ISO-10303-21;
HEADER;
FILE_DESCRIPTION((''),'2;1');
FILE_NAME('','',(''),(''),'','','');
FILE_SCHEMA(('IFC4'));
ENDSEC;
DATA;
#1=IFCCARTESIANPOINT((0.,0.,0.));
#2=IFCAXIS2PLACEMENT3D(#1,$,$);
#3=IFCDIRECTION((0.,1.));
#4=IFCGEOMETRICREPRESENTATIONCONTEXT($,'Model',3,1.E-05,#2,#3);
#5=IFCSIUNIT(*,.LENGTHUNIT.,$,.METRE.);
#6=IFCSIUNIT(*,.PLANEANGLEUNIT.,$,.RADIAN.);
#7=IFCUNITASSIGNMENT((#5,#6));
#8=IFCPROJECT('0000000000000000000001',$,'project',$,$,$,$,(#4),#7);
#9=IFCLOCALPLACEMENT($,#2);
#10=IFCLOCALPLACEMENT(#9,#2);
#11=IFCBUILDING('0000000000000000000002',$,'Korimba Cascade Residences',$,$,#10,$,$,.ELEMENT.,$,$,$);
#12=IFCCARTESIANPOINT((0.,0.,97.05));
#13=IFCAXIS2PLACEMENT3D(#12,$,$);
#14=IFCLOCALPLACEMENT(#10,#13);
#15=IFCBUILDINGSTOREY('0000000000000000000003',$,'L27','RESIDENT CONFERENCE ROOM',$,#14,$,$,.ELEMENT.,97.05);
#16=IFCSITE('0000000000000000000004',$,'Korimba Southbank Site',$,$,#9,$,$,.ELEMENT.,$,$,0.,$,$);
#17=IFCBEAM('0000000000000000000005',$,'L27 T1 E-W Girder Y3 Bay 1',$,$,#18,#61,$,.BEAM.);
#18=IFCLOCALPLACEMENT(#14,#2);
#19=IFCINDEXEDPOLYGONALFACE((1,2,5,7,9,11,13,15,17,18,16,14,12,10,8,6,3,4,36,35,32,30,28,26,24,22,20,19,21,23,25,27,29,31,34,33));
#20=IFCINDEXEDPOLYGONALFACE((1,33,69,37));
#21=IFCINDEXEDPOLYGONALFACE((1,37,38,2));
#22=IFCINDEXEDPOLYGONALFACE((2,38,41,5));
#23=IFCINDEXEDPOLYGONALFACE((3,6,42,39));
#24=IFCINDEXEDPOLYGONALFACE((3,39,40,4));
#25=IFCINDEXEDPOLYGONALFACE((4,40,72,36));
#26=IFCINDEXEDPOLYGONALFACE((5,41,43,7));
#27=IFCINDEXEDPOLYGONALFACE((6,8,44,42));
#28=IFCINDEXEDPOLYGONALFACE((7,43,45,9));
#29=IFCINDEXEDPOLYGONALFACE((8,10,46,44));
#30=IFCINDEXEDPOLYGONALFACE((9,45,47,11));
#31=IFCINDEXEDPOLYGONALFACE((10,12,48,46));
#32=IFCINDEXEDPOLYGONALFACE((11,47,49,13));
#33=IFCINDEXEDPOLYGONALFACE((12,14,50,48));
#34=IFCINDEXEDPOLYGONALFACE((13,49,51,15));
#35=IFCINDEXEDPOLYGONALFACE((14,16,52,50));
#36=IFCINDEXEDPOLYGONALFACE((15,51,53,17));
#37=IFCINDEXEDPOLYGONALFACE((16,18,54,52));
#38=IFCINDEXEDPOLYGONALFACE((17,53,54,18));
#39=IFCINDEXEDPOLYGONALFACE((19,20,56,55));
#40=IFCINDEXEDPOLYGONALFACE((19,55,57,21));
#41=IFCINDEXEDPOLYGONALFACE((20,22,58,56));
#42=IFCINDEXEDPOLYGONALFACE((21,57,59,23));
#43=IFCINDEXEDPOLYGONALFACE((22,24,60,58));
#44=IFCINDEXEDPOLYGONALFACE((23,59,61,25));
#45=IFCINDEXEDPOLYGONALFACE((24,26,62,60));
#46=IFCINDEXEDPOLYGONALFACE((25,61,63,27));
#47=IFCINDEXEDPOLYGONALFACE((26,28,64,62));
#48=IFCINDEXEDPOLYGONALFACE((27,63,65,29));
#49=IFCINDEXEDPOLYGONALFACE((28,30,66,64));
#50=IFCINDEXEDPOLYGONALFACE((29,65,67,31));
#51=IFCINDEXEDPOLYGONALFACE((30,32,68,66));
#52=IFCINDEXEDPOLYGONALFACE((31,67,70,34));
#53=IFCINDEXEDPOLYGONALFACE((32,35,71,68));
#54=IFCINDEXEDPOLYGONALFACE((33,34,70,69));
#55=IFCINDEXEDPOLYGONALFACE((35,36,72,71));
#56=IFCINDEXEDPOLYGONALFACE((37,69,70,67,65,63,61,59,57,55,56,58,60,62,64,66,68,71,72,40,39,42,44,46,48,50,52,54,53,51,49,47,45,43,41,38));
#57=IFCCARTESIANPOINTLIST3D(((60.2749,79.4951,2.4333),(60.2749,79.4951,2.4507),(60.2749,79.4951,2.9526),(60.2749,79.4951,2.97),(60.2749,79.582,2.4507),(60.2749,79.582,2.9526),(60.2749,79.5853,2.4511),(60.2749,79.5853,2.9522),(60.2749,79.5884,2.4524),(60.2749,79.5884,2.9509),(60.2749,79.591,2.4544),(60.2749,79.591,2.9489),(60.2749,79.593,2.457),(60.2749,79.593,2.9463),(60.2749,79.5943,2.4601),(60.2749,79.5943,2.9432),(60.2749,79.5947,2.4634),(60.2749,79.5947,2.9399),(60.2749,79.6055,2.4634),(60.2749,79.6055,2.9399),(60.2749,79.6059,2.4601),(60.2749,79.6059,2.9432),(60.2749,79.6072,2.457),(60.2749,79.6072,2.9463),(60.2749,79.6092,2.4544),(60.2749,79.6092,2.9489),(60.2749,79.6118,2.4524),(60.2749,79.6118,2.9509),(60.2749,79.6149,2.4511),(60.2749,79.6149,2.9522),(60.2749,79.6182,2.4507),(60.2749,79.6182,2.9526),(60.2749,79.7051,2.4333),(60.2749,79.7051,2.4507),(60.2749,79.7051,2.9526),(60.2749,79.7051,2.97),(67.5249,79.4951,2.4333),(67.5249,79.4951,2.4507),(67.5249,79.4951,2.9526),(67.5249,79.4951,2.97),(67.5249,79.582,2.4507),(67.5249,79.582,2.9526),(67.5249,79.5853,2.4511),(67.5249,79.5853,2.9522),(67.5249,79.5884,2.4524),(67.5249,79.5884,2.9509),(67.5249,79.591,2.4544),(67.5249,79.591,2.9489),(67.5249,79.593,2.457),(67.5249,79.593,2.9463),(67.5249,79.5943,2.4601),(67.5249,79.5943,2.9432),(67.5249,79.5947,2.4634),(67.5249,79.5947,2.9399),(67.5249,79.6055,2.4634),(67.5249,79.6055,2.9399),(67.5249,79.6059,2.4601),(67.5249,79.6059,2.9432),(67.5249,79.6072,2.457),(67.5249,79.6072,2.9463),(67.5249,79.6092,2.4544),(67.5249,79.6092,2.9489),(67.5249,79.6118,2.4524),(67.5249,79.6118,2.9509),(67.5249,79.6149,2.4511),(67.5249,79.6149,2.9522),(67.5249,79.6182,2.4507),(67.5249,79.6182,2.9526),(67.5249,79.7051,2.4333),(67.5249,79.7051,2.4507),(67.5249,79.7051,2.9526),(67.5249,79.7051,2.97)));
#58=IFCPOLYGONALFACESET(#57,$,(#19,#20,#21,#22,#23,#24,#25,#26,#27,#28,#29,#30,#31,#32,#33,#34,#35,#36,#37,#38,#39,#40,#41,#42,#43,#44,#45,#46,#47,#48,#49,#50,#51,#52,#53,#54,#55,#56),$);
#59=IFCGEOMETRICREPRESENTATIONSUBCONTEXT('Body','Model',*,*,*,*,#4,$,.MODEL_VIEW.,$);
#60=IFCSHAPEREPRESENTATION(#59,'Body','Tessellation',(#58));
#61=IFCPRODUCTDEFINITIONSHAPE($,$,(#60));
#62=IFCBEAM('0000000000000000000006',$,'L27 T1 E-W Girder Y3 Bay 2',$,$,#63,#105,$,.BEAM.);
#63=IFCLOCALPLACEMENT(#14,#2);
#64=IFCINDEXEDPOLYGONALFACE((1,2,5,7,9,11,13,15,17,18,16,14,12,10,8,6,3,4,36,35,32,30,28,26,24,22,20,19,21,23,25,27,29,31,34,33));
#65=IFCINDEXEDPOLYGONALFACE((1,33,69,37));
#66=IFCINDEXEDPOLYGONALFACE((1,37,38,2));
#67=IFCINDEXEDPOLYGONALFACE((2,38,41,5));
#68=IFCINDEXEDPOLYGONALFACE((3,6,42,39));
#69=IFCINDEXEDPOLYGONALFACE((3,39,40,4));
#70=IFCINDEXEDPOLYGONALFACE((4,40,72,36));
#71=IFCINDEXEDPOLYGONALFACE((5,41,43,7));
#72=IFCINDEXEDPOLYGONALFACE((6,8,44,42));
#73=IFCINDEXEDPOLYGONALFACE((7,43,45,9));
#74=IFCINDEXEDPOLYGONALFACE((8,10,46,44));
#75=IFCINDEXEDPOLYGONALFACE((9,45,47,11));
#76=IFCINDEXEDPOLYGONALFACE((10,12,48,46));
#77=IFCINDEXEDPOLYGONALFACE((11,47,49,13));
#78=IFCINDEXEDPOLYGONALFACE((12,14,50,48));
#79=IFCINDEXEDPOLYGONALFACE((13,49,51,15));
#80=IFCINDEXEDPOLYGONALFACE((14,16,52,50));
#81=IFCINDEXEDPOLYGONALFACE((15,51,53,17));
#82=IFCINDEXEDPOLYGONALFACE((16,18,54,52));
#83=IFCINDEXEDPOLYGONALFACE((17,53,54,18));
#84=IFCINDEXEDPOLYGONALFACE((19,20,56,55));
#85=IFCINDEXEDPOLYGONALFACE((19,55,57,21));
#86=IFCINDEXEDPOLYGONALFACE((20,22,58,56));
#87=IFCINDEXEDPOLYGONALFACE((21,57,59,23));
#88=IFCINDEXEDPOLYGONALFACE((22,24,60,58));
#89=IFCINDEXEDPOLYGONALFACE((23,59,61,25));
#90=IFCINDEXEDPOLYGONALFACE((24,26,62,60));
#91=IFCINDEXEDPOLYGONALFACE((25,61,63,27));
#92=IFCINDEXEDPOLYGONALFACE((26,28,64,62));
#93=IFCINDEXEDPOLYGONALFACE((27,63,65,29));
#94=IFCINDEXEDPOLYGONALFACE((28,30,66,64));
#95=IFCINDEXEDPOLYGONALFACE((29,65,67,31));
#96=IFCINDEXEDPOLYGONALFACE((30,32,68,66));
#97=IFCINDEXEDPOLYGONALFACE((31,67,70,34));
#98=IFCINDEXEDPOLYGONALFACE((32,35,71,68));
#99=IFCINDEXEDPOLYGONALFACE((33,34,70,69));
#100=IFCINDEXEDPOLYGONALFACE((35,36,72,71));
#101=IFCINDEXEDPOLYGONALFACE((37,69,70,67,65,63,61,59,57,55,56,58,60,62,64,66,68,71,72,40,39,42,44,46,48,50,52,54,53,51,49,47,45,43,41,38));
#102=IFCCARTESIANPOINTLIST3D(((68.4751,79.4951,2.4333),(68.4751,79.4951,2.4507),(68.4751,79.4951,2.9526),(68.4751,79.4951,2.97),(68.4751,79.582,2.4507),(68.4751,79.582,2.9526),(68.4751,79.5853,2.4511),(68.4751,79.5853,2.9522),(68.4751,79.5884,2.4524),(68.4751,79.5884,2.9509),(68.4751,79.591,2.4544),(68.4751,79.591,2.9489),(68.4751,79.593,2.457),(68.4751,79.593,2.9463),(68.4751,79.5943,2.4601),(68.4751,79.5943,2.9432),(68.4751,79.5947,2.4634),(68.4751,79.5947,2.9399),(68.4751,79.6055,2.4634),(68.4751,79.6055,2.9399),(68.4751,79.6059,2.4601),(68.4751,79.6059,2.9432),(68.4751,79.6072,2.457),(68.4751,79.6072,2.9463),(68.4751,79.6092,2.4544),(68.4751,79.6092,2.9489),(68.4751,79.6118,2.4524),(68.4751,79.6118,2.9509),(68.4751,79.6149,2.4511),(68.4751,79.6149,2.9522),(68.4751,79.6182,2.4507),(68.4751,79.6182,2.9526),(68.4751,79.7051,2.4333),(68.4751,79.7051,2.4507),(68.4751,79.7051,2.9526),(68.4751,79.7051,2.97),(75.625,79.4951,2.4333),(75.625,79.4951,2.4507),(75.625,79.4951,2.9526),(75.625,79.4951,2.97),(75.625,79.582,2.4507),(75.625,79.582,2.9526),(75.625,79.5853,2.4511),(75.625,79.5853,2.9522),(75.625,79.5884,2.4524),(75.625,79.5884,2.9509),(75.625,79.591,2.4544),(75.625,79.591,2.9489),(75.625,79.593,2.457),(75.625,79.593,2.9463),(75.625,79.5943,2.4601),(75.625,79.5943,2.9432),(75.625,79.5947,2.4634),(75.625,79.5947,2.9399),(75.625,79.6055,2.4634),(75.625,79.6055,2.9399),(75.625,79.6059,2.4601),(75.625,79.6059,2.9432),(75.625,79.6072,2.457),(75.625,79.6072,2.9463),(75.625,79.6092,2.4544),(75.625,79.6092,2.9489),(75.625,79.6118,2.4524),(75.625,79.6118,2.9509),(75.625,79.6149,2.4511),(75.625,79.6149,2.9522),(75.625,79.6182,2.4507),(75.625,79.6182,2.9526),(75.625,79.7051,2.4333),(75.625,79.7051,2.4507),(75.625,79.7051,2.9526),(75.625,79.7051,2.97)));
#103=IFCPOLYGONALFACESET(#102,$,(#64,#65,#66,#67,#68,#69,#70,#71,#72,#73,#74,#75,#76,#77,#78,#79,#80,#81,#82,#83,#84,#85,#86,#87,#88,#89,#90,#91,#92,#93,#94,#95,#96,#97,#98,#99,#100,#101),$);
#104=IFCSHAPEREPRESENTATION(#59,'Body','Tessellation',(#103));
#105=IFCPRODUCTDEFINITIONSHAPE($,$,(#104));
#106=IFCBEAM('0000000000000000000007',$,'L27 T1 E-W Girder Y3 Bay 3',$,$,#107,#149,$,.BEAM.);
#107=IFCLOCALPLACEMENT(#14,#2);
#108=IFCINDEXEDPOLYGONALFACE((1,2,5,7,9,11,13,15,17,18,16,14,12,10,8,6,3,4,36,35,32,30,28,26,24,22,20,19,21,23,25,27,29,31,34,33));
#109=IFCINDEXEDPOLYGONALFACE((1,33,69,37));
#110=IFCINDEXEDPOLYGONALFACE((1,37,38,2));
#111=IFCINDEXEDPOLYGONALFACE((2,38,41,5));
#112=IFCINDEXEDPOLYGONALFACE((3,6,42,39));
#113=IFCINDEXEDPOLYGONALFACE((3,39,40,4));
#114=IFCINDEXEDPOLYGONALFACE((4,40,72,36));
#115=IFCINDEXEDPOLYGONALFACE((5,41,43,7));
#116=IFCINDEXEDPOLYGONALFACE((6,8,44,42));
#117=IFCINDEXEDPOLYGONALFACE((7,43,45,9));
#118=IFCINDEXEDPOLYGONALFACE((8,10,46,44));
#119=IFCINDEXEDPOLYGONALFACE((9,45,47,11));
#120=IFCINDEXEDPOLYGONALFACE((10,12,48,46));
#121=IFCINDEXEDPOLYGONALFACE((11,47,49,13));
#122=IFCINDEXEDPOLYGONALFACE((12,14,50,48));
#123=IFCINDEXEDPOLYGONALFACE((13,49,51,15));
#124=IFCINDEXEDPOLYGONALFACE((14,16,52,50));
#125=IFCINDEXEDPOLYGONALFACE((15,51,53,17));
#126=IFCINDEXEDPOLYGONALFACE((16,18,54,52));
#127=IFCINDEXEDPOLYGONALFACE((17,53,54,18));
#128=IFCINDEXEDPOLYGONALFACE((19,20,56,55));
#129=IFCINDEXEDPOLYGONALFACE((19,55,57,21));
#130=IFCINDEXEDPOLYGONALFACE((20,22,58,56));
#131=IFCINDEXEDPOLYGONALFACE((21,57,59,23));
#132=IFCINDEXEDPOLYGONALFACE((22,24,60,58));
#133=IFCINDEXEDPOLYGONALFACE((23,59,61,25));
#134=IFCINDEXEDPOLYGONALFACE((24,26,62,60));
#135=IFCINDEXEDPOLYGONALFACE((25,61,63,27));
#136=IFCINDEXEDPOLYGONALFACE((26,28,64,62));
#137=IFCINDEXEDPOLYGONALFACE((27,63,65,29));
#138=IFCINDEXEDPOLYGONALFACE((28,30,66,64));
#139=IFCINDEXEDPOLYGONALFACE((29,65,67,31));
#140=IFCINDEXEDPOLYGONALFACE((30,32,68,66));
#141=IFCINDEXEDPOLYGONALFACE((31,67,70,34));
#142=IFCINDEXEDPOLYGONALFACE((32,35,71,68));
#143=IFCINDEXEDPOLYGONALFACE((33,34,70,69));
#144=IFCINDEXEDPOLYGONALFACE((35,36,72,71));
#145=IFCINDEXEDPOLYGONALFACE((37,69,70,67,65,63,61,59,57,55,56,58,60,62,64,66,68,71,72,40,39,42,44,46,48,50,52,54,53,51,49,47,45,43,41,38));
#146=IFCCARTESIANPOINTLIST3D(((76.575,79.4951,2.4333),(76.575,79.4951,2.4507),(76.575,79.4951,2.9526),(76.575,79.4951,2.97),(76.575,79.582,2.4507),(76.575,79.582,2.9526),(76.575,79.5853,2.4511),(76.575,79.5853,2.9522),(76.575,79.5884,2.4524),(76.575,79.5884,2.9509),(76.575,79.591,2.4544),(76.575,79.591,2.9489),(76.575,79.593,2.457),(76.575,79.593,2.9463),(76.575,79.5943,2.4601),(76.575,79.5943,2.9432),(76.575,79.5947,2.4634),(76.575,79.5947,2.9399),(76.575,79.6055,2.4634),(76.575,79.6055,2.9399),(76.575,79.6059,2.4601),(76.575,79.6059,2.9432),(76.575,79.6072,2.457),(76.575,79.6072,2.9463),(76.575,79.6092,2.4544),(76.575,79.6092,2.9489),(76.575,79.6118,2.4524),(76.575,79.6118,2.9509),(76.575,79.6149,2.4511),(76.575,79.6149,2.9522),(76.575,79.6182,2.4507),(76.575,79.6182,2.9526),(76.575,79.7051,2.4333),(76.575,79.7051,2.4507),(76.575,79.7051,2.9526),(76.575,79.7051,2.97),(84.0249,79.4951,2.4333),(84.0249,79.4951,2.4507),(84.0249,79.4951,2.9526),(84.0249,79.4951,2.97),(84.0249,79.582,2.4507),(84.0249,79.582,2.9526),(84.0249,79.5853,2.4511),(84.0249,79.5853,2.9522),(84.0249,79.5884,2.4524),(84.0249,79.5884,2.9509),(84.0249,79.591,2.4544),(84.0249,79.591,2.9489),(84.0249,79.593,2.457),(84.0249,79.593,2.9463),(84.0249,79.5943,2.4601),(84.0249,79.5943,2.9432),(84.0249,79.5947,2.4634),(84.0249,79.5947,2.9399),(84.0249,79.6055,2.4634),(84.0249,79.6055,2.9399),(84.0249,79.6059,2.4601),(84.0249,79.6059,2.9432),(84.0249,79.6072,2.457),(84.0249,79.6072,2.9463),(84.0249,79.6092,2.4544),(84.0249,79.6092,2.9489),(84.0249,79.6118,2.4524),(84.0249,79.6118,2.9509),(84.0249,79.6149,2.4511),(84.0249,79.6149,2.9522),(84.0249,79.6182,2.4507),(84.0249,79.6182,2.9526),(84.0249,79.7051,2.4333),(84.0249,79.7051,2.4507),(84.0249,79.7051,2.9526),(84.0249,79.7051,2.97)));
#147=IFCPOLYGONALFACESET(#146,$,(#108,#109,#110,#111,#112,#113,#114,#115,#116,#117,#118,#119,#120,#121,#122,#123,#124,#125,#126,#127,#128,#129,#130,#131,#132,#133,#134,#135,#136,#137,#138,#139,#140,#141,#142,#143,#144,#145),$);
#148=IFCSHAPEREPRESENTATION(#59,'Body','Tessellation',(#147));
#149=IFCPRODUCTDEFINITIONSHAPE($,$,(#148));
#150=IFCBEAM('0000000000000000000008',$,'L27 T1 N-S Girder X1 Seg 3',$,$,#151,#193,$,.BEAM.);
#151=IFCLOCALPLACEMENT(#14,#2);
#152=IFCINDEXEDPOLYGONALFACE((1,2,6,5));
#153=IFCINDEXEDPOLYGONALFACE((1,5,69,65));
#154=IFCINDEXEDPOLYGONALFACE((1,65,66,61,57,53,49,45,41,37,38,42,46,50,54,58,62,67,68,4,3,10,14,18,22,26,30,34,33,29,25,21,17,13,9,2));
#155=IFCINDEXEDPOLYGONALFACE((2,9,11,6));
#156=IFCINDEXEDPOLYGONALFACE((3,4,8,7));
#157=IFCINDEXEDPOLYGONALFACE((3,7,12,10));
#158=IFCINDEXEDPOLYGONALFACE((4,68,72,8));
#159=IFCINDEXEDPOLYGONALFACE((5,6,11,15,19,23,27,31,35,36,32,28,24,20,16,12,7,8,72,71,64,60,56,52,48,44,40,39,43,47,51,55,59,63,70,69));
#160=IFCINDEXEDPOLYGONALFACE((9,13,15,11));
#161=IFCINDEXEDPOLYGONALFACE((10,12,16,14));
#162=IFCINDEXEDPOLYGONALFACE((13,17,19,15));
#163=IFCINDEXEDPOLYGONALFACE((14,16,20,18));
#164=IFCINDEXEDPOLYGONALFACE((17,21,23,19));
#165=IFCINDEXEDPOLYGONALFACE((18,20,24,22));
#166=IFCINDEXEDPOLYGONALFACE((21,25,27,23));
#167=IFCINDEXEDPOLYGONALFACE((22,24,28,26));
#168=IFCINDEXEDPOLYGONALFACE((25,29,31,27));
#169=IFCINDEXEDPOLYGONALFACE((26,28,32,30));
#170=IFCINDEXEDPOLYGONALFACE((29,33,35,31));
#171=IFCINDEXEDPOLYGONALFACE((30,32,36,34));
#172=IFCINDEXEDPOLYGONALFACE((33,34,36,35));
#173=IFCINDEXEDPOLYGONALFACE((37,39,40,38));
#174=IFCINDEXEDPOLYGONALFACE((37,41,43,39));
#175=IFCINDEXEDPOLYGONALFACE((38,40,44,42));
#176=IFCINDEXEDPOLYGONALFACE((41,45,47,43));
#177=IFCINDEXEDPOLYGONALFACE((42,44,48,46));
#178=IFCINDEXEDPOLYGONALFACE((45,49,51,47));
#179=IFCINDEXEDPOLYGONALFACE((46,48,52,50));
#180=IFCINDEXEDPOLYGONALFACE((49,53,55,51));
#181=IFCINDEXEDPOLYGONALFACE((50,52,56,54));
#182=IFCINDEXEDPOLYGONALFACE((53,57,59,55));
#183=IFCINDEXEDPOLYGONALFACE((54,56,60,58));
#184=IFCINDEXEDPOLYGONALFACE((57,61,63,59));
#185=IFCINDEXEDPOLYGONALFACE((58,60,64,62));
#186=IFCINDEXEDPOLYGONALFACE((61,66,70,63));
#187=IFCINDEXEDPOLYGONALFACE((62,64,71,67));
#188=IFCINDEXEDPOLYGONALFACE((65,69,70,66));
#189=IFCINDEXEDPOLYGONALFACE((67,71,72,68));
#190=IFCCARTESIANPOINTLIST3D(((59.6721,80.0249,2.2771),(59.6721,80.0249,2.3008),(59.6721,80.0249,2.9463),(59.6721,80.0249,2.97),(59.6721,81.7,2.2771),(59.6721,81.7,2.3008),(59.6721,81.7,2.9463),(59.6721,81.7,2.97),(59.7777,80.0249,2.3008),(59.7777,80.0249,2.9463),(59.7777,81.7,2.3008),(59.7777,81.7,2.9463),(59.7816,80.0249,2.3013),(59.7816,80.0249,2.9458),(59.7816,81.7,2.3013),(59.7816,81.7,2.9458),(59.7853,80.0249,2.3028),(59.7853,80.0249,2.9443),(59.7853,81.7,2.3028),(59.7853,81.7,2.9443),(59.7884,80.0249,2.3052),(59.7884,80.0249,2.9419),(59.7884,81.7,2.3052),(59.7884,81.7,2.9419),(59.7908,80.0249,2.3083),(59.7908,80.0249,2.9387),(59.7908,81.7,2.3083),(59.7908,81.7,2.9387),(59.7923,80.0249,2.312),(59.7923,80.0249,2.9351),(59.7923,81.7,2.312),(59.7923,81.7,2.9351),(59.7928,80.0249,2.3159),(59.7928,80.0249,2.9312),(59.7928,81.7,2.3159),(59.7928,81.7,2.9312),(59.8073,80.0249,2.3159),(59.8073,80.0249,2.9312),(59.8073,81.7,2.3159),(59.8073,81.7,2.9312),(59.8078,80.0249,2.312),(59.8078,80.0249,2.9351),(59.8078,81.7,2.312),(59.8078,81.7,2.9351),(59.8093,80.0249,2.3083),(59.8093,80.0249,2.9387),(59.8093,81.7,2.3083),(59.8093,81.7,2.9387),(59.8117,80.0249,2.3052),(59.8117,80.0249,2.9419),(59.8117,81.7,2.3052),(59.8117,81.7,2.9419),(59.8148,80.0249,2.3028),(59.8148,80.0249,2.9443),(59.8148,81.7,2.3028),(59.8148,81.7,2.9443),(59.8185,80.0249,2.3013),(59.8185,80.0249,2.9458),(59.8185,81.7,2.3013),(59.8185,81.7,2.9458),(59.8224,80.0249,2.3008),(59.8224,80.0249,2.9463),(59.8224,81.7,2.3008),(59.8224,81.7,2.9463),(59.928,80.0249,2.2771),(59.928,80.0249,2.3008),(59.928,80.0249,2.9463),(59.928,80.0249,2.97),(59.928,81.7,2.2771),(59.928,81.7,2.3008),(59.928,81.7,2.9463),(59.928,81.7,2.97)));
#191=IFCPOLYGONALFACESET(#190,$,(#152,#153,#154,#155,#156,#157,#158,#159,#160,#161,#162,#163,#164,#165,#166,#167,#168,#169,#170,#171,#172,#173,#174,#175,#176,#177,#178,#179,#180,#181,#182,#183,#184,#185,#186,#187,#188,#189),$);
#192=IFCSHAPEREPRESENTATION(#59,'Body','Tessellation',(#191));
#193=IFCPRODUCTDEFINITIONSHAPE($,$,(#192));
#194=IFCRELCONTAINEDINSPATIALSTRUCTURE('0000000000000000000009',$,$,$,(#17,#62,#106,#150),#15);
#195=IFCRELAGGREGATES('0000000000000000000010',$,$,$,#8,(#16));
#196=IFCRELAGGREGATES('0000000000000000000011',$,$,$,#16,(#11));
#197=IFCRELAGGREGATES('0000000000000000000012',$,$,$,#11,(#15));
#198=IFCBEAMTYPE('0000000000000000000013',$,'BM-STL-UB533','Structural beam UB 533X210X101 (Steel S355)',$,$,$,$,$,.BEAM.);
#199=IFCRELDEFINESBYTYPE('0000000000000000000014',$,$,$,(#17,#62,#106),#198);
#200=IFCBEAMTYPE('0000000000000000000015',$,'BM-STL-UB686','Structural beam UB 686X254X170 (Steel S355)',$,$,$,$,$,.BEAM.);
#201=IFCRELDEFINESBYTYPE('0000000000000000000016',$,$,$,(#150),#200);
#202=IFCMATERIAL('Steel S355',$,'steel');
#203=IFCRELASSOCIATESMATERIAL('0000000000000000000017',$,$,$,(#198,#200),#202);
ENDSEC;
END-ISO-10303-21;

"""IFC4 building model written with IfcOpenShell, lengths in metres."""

from ifc_helpers import new_model, si_unit, direction, frame, origin, origin_2d, place, context, subcontext, project, spatial, i_section, extrude, material, material_profile, profile_set, type_object, element, save


model = new_model("IFC4")

# Units and contexts
model_context = context("Model", 3, precision=1e-05, world=origin(), true_north=direction((0.0, 1.0)))
body_context = subcontext(model_context, "Body", "Model", "MODEL_VIEW")
ifc_project = project(units=[si_unit("LENGTHUNIT", "METRE"), si_unit("PLANEANGLEUNIT", "RADIAN")], contexts=[model_context])

# Site, building, storey
site_placement = place(None, origin())
site = spatial("IfcSite", under=ifc_project, at=site_placement, Name="Korimba Southbank Site", CompositionType="ELEMENT", RefElevation=0.0)
building_placement = place(site_placement, origin())
building = spatial("IfcBuilding", under=site, at=building_placement, Name="Korimba Cascade Residences", CompositionType="ELEMENT")
storey_placement = place(building_placement, frame((0.0, 0.0, 97.05)))
storey = spatial("IfcBuildingStorey", under=building, at=storey_placement, Name="L27", Description="RESIDENT CONFERENCE ROOM", CompositionType="ELEMENT", Elevation=97.05)

# Beams
ifc_material_1 = material(Name="Steel S355", Category="steel")
ifc_material_profile_1 = material_profile(ifc_material_1, i_section(OverallWidth=0.21, OverallDepth=0.5366, WebThickness=0.0107, FlangeThickness=0.0173, FilletRadius=0.0127, at=origin_2d()), Name="Steel S355")
ifc_profile_set_1 = profile_set([ifc_material_profile_1], Name="Steel S355")
beam_type_1 = type_object("IfcBeamType", Name="BM-STL-UB533", Description="Structural beam UB 533X210X101 (Steel S355)", PredefinedType="BEAM", material=ifc_profile_set_1)
beam_1_placement = place(storey_placement, frame((60.2749, 79.6001, 2.7017), z_axis=(1.0, 0.0, 0.0), x_axis=(0.0, 1.0, 0.0)))
element("IfcBeam", 1, at=beam_1_placement, inside=storey, type_object=beam_type_1, Name="L27 T1 E-W Girder Y3 Bay 1", PredefinedType="BEAM", context=body_context, shape_type="SweptSolid", body=[
    extrude(i_section(OverallWidth=0.21, OverallDepth=0.5366, WebThickness=0.0107, FlangeThickness=0.0173, FilletRadius=0.0127, at=origin_2d()), origin(), (0.0, 0.0, 1.0), 7.25),
])
beam_2_placement = place(storey_placement, frame((68.4751, 79.6001, 2.7017), z_axis=(1.0, 0.0, 0.0), x_axis=(0.0, 1.0, 0.0)))
element("IfcBeam", 2, at=beam_2_placement, inside=storey, type_object=beam_type_1, Name="L27 T1 E-W Girder Y3 Bay 2", PredefinedType="BEAM", context=body_context, shape_type="SweptSolid", body=[
    extrude(i_section(OverallWidth=0.21, OverallDepth=0.5366, WebThickness=0.0107, FlangeThickness=0.0173, FilletRadius=0.0127, at=origin_2d()), origin(), (0.0, 0.0, 1.0), 7.1499),
])
beam_3_placement = place(storey_placement, frame((76.575, 79.6001, 2.7017), z_axis=(1.0, 0.0, 0.0), x_axis=(0.0, 1.0, 0.0)))
element("IfcBeam", 3, at=beam_3_placement, inside=storey, type_object=beam_type_1, Name="L27 T1 E-W Girder Y3 Bay 3", PredefinedType="BEAM", context=body_context, shape_type="SweptSolid", body=[
    extrude(i_section(OverallWidth=0.21, OverallDepth=0.5366, WebThickness=0.0107, FlangeThickness=0.0173, FilletRadius=0.0127, at=origin_2d()), origin(), (0.0, 0.0, 1.0), 7.45),
])
ifc_material_profile_2 = material_profile(ifc_material_1, i_section(OverallWidth=0.2559, OverallDepth=0.6929, WebThickness=0.0144, FlangeThickness=0.0237, FilletRadius=0.0151, at=origin_2d()), Name="Steel S355")
ifc_profile_set_2 = profile_set([ifc_material_profile_2], Name="Steel S355")
beam_type_2 = type_object("IfcBeamType", Name="BM-STL-UB686", Description="Structural beam UB 686X254X170 (Steel S355)", PredefinedType="BEAM", material=ifc_profile_set_2)
beam_4_placement = place(storey_placement, frame((59.8, 80.0249, 2.6235), z_axis=(0.0, 1.0, 0.0), x_axis=(-1.0, 0.0, 0.0)))
element("IfcBeam", 4, at=beam_4_placement, inside=storey, type_object=beam_type_2, Name="L27 T1 N-S Girder X1 Seg 3", PredefinedType="BEAM", context=body_context, shape_type="SweptSolid", body=[
    extrude(i_section(OverallWidth=0.2559, OverallDepth=0.6929, WebThickness=0.0144, FlangeThickness=0.0237, FilletRadius=0.0151, at=origin_2d()), origin(), (0.0, 0.0, 1.0), 1.675),
])

save(model, "model.ifc")
